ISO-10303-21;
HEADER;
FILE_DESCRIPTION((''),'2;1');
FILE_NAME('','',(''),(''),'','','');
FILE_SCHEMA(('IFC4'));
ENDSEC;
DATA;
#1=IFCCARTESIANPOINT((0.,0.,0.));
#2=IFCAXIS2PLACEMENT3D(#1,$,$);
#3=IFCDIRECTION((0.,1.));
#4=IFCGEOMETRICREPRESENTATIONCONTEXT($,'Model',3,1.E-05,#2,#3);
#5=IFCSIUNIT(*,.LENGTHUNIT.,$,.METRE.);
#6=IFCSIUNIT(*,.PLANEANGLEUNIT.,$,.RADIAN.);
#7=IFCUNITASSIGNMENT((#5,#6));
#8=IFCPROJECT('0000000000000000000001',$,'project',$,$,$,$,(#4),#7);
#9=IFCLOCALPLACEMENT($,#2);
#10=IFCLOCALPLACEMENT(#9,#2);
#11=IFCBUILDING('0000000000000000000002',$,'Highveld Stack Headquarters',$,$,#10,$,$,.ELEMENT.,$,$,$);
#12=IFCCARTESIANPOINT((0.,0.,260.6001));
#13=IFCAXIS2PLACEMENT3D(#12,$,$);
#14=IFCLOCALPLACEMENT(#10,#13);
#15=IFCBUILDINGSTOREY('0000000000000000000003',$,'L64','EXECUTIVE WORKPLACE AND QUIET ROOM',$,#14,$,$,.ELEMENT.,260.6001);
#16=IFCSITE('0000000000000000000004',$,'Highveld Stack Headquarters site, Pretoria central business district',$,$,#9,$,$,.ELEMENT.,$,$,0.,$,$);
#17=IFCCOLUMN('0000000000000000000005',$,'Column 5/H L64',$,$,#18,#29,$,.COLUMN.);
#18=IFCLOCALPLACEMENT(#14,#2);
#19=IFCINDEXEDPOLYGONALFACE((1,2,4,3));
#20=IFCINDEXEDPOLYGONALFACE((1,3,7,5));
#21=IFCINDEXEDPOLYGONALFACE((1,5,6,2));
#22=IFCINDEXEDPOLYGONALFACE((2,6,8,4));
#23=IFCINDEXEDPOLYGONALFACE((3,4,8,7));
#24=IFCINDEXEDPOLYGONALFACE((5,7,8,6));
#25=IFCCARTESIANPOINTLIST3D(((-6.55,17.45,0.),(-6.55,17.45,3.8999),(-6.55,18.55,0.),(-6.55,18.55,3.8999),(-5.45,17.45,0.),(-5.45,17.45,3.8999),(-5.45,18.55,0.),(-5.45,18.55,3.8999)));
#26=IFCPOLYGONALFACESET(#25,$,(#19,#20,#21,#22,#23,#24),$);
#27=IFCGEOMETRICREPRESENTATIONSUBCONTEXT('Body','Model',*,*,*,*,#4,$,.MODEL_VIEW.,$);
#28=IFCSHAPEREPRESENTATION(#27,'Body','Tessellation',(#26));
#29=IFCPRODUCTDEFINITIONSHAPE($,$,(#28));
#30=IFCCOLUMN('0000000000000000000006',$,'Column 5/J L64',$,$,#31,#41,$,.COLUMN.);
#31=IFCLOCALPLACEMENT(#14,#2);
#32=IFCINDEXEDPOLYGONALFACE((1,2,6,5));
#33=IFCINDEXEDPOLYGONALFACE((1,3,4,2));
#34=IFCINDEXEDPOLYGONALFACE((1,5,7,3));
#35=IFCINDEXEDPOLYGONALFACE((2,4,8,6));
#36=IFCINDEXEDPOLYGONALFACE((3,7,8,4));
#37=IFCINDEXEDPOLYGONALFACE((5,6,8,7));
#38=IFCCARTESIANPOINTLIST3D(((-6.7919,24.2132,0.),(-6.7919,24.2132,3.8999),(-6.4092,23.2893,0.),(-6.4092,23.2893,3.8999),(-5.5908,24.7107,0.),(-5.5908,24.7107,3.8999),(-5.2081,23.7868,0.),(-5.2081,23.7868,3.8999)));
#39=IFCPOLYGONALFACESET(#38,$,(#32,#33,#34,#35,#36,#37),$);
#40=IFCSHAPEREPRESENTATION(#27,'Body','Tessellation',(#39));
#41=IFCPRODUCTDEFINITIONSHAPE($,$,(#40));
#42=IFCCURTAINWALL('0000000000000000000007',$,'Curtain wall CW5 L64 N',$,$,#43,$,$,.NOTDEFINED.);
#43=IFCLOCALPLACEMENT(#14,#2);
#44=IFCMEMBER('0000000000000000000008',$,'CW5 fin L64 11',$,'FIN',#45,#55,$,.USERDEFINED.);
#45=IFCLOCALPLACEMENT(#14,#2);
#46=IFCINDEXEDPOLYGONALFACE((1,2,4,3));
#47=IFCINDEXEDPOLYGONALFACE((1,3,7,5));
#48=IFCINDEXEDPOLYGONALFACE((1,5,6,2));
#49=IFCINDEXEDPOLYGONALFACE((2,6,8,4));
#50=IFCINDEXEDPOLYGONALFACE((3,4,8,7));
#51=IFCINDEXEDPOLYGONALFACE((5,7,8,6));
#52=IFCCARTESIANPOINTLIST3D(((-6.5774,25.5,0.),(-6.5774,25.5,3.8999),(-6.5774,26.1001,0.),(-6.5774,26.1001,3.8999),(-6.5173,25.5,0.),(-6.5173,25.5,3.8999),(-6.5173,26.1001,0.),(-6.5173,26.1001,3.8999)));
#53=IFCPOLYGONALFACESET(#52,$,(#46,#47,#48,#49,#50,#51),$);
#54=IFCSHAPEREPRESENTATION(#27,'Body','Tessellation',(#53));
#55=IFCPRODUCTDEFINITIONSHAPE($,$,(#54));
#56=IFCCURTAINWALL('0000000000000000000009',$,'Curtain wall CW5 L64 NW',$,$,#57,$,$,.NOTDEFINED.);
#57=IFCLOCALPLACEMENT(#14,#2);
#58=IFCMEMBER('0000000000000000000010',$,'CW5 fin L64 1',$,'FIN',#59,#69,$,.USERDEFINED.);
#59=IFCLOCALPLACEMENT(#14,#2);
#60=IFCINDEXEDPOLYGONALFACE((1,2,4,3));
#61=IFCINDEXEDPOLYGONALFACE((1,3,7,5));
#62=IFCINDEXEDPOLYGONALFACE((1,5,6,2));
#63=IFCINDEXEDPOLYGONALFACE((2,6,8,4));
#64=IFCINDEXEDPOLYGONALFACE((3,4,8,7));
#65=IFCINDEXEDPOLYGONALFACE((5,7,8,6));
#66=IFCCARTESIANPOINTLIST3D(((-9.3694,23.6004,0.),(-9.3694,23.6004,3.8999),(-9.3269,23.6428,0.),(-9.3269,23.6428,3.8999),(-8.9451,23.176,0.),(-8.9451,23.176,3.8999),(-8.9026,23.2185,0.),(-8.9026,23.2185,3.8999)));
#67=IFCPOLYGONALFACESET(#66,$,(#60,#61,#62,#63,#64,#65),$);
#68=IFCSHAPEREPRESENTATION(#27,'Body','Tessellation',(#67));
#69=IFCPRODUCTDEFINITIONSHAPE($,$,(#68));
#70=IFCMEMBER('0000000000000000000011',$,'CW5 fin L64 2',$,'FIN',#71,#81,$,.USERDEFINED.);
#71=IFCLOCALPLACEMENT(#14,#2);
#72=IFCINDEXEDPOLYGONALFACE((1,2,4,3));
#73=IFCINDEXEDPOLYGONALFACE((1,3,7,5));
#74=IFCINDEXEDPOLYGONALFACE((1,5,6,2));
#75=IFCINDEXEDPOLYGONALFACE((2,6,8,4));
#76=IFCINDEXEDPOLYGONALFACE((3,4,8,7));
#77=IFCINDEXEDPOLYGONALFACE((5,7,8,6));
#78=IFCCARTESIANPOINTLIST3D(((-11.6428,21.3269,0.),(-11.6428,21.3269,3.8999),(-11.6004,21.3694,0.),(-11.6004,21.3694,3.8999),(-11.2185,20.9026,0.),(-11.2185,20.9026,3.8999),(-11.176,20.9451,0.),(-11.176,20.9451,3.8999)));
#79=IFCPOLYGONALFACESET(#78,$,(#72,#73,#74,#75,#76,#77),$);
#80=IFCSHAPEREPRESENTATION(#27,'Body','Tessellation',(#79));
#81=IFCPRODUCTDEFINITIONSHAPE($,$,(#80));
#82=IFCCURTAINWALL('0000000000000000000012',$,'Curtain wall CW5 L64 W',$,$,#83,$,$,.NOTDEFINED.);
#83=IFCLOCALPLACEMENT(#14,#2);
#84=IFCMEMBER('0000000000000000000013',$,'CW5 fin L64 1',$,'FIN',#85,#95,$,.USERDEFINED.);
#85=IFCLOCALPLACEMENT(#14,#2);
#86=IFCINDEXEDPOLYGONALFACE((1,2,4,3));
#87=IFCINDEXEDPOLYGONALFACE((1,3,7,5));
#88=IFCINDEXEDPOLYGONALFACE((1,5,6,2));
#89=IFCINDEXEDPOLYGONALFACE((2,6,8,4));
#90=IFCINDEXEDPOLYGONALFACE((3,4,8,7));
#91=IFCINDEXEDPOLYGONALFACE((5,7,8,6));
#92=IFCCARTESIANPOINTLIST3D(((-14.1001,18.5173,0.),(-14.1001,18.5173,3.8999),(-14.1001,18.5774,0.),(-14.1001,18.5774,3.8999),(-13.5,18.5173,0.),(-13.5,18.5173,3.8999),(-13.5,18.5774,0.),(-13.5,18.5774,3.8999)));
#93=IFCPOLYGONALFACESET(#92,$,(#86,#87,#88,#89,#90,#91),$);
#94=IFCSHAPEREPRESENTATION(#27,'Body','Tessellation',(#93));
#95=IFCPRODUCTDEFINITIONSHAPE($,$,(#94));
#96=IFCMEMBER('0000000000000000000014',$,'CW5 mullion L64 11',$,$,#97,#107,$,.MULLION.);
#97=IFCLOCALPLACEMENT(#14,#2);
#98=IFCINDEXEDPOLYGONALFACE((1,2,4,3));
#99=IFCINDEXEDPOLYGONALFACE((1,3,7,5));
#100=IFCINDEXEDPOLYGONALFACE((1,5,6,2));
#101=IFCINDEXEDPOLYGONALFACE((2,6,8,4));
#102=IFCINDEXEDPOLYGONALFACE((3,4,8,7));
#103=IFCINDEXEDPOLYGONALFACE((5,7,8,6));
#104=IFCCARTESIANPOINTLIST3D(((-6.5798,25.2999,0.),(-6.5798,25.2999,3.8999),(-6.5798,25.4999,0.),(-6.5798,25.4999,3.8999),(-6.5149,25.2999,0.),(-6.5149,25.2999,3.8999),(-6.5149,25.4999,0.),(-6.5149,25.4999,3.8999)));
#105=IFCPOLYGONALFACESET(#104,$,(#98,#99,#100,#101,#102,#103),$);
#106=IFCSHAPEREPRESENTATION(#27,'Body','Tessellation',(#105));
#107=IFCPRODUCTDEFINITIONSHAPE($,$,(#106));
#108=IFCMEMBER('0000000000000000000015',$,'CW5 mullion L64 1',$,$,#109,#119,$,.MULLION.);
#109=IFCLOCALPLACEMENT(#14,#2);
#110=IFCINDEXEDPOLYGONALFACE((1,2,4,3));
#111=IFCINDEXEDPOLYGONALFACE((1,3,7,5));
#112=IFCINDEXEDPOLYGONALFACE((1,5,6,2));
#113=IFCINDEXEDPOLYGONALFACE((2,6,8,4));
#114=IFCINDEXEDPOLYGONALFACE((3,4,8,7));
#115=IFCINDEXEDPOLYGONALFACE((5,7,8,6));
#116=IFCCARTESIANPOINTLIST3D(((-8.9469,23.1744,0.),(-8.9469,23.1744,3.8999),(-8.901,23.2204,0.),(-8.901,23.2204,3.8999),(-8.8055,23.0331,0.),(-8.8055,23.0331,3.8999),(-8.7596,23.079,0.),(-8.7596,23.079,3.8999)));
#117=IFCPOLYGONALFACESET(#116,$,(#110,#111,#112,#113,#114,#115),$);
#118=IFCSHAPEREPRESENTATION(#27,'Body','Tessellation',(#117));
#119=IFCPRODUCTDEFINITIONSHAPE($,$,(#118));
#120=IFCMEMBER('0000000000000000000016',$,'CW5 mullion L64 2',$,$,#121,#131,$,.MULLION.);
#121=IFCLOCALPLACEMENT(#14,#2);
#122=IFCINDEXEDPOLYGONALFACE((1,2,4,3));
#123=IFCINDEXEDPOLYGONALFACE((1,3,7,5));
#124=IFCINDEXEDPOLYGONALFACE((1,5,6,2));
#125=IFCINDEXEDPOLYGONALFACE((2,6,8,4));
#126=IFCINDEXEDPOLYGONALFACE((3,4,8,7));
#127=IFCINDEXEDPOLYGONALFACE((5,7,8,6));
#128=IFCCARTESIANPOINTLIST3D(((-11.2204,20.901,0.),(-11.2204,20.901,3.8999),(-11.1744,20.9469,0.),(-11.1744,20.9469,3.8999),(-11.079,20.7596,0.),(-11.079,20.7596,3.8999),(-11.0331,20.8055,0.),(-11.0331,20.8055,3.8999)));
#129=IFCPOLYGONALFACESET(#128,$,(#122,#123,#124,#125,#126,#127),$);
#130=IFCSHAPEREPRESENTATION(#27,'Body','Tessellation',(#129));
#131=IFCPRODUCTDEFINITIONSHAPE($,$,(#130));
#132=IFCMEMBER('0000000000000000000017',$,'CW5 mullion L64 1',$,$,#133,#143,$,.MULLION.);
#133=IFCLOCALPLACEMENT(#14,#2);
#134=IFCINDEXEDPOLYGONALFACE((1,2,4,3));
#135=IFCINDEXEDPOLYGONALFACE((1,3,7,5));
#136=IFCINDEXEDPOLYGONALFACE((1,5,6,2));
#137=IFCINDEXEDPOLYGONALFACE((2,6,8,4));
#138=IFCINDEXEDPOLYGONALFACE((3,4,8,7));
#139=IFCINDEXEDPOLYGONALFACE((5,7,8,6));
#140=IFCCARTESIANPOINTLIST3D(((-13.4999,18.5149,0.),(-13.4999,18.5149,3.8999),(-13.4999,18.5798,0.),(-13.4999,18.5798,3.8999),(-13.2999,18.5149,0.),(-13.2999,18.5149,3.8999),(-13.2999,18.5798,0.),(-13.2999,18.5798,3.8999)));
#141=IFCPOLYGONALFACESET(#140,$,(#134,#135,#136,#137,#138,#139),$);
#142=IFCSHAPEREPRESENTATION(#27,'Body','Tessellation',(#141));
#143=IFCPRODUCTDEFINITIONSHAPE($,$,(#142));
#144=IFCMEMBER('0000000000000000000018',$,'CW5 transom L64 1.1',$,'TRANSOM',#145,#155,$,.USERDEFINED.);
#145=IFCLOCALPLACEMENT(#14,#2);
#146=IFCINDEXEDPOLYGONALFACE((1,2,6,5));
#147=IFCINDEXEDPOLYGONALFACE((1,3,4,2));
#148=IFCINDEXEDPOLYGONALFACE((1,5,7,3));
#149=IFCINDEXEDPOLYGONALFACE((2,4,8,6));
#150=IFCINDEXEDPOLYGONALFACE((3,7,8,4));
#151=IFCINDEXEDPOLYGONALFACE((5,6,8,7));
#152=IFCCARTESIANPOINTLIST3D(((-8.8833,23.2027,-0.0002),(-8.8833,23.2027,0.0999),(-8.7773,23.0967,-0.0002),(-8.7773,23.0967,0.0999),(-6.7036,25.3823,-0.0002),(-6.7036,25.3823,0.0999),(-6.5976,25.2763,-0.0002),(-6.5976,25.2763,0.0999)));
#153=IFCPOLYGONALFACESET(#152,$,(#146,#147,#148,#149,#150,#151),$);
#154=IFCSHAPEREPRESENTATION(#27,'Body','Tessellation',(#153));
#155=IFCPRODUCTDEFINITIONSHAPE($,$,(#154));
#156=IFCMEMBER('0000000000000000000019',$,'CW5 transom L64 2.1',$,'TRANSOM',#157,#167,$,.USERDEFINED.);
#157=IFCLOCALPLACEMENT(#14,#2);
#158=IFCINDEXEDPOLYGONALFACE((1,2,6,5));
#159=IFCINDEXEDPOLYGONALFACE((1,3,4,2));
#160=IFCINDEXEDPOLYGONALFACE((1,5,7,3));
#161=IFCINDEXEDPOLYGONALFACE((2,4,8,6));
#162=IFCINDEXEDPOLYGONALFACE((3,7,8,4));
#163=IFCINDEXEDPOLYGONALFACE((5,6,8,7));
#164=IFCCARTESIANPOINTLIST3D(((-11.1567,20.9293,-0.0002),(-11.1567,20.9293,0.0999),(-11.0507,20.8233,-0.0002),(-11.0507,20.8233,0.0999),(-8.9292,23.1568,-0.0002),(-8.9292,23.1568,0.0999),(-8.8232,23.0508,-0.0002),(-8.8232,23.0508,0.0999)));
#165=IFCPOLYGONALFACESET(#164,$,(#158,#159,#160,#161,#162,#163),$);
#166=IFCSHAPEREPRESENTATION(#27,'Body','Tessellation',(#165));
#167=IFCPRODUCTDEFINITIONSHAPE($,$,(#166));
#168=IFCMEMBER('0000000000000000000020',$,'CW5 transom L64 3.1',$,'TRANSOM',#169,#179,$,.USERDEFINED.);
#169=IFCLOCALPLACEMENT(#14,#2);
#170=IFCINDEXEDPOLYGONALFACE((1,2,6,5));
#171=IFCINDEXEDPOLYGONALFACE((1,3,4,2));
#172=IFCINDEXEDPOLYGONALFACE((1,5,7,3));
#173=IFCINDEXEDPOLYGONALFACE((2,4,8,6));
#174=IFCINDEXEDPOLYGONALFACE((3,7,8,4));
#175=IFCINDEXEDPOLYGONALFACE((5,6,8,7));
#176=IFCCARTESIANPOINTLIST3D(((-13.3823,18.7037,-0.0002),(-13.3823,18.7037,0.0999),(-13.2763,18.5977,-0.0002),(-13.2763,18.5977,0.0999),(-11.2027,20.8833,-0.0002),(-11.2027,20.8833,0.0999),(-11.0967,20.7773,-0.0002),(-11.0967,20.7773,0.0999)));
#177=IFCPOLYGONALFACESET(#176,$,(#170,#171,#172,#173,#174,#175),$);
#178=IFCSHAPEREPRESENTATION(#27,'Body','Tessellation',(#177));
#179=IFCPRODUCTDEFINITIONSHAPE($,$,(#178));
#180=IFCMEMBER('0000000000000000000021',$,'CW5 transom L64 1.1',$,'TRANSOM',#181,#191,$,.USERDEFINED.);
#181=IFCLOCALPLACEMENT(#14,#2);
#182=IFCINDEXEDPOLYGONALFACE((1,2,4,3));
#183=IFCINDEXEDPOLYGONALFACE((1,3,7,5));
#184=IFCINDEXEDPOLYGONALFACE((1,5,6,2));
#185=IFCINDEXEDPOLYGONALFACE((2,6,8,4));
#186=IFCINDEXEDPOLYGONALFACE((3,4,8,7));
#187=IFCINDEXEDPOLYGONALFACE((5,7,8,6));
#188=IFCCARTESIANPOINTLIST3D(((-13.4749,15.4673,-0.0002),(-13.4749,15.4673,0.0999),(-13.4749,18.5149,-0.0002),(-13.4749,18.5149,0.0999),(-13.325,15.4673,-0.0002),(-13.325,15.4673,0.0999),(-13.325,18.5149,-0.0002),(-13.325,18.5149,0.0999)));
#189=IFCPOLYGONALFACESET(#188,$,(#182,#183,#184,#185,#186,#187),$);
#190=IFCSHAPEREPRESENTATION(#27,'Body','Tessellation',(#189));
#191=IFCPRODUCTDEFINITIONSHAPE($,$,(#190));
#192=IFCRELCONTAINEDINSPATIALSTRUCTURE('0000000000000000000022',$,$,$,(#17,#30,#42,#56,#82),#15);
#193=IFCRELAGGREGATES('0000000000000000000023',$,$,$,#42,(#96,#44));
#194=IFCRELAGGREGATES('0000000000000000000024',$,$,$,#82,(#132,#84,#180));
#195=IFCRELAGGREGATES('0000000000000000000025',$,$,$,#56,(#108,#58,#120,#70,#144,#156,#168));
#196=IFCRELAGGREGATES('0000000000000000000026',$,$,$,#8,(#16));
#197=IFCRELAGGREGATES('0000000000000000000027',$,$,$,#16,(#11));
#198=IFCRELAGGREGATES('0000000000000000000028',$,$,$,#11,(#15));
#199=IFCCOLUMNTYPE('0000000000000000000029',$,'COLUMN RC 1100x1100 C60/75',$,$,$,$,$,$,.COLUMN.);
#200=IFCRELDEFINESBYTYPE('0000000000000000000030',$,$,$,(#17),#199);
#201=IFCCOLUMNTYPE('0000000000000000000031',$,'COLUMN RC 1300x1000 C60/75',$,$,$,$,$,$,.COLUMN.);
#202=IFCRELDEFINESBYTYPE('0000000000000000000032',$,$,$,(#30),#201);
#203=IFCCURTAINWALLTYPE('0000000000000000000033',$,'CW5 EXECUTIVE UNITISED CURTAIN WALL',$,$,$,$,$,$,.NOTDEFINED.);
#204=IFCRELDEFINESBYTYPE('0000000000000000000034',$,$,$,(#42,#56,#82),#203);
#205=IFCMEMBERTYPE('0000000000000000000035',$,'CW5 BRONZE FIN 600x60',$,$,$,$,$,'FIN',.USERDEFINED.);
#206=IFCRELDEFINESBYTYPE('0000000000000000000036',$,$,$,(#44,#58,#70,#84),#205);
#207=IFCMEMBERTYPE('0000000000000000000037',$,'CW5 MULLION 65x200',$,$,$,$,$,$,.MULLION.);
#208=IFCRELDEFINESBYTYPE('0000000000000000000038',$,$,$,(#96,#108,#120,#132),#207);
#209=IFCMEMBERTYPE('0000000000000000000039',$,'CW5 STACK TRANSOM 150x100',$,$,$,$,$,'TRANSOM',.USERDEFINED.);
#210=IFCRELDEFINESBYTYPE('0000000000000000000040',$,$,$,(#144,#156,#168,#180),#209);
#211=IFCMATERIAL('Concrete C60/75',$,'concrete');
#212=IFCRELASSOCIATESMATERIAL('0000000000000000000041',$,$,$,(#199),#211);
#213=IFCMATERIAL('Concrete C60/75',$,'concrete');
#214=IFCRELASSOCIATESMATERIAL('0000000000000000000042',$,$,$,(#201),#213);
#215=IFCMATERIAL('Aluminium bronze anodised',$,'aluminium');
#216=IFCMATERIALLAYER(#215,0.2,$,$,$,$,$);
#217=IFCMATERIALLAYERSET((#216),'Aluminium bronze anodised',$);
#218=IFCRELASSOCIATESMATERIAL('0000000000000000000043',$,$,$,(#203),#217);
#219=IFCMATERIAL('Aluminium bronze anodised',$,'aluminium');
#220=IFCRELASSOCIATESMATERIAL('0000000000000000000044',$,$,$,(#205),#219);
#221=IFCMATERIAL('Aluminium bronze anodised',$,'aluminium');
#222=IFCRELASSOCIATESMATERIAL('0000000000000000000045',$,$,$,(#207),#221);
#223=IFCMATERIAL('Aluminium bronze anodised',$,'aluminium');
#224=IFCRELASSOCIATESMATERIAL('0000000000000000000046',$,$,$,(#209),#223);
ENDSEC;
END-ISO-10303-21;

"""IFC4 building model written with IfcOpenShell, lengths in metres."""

from ifc_helpers import new_model, si_unit, direction, frame, origin, origin_2d, place, context, subcontext, project, spatial, rectangle, extrude, material, layer, layer_set, material_profile, profile_set, type_object, element, aggregate, save


model = new_model("IFC4")

# Units and contexts
model_context = context("Model", 3, precision=1e-05, world=origin(), true_north=direction((0.0, 1.0)))
body_context = subcontext(model_context, "Body", "Model", "MODEL_VIEW")
ifc_project = project(units=[si_unit("LENGTHUNIT", "METRE"), si_unit("PLANEANGLEUNIT", "RADIAN")], contexts=[model_context])

# Site, building, storey
site_placement = place(None, origin())
site = spatial("IfcSite", under=ifc_project, at=site_placement, Name="Highveld Stack Headquarters site, Pretoria central business district", CompositionType="ELEMENT", RefElevation=0.0)
building_placement = place(site_placement, origin())
building = spatial("IfcBuilding", under=site, at=building_placement, Name="Highveld Stack Headquarters", CompositionType="ELEMENT")
storey_placement = place(building_placement, frame((0.0, 0.0, 260.6001)))
storey = spatial("IfcBuildingStorey", under=building, at=storey_placement, Name="L64", Description="EXECUTIVE WORKPLACE AND QUIET ROOM", CompositionType="ELEMENT", Elevation=260.6001)

# Columns
ifc_material_1 = material(Name="Concrete C60/75", Category="concrete")
ifc_material_profile_1 = material_profile(ifc_material_1, rectangle(XDim=1.1001, YDim=1.1001, at=origin_2d()), Name="RC 1100x1100")
ifc_profile_set_1 = profile_set([ifc_material_profile_1], Name="Concrete C60/75")
column_type_1 = type_object("IfcColumnType", Name="COLUMN RC 1100x1100 C60/75", PredefinedType="COLUMN", material=ifc_profile_set_1)
column_1_placement = place(storey_placement, frame((-6.0, 18.0, 0.0), z_axis=(0.0, 0.0, 1.0), x_axis=(1.0, 0.0, 0.0)))
element("IfcColumn", 1, at=column_1_placement, inside=storey, type_object=column_type_1, Name="Column 5/H L64", PredefinedType="COLUMN", context=body_context, shape_type="SweptSolid", body=[
    extrude(rectangle(XDim=1.1001, YDim=1.1001, at=origin_2d()), origin(), (0.0, 0.0, 1.0), 3.8999),
])
ifc_material_2 = material(Name="Concrete C60/75", Category="concrete")
ifc_material_profile_2 = material_profile(ifc_material_2, rectangle(XDim=1.3, YDim=1.0, at=origin_2d()), Name="RC 1300x1000")
ifc_profile_set_2 = profile_set([ifc_material_profile_2], Name="Concrete C60/75")
column_type_2 = type_object("IfcColumnType", Name="COLUMN RC 1300x1000 C60/75", PredefinedType="COLUMN", material=ifc_profile_set_2)
column_2_placement = place(storey_placement, frame((-6.0, 24.0, 0.0), z_axis=(0.0, 0.0, 1.0), x_axis=(0.92388, 0.382683, 0.0)))
element("IfcColumn", 2, at=column_2_placement, inside=storey, type_object=column_type_2, Name="Column 5/J L64", PredefinedType="COLUMN", context=body_context, shape_type="SweptSolid", body=[
    extrude(rectangle(XDim=1.3, YDim=1.0, at=origin_2d()), origin(), (0.0, 0.0, 1.0), 3.8999),
])

# Curtain wall, member
ifc_material_3 = material(Name="Aluminium bronze anodised", Category="aluminium")
ifc_layer_1 = layer(ifc_material_3, 0.2)
ifc_layer_set_1 = layer_set([ifc_layer_1], Name="Aluminium bronze anodised")
curtain_wall_type = type_object("IfcCurtainWallType", Name="CW5 EXECUTIVE UNITISED CURTAIN WALL", PredefinedType="NOTDEFINED", material=ifc_layer_set_1)
curtain_wall_1_placement = place(storey_placement, origin())
curtain_wall_1 = element("IfcCurtainWall", 3, at=curtain_wall_1_placement, inside=storey, type_object=curtain_wall_type, Name="Curtain wall CW5 L64 N", PredefinedType="NOTDEFINED")
ifc_material_4 = material(Name="Aluminium bronze anodised", Category="aluminium")
ifc_material_profile_3 = material_profile(ifc_material_4, rectangle(XDim=0.6001, YDim=0.0601, at=origin_2d()), Name="FIN 600x60")
ifc_profile_set_3 = profile_set([ifc_material_profile_3], Name="Aluminium bronze anodised")
member_type_1 = type_object("IfcMemberType", Name="CW5 BRONZE FIN 600x60", ElementType="FIN", PredefinedType="USERDEFINED", material=ifc_profile_set_3)
member_1_placement = place(storey_placement, frame((-6.5474, 25.8, 0.0), z_axis=(0.0, 0.0, 1.0), x_axis=(0.0, -1.0, 0.0)))
member_1 = element("IfcMember", 4, at=member_1_placement, type_object=member_type_1, Name="CW5 fin L64 11", ObjectType="FIN", PredefinedType="USERDEFINED", context=body_context, shape_type="SweptSolid", body=[
    extrude(rectangle(XDim=0.6001, YDim=0.0601, at=origin_2d()), origin(), (0.0, 0.0, 1.0), 3.8999),
])

# Curtain wall, members
curtain_wall_2_placement = place(storey_placement, origin())
curtain_wall_2 = element("IfcCurtainWall", 5, at=curtain_wall_2_placement, inside=storey, type_object=curtain_wall_type, Name="Curtain wall CW5 L64 NW", PredefinedType="NOTDEFINED")
member_2_placement = place(storey_placement, frame((-9.136, 23.4094, 0.0), z_axis=(0.0, 0.0, 1.0), x_axis=(0.707107, -0.707107, 0.0)))
member_2 = element("IfcMember", 6, at=member_2_placement, type_object=member_type_1, Name="CW5 fin L64 1", ObjectType="FIN", PredefinedType="USERDEFINED", context=body_context, shape_type="SweptSolid", body=[
    extrude(rectangle(XDim=0.6001, YDim=0.0601, at=origin_2d()), origin(), (0.0, 0.0, 1.0), 3.8999),
])
member_3_placement = place(storey_placement, frame((-11.4094, 21.136, 0.0), z_axis=(0.0, 0.0, 1.0), x_axis=(0.707107, -0.707107, 0.0)))
member_3 = element("IfcMember", 7, at=member_3_placement, type_object=member_type_1, Name="CW5 fin L64 2", ObjectType="FIN", PredefinedType="USERDEFINED", context=body_context, shape_type="SweptSolid", body=[
    extrude(rectangle(XDim=0.6001, YDim=0.0601, at=origin_2d()), origin(), (0.0, 0.0, 1.0), 3.8999),
])

# Curtain wall, member
curtain_wall_3_placement = place(storey_placement, origin())
curtain_wall_3 = element("IfcCurtainWall", 8, at=curtain_wall_3_placement, inside=storey, type_object=curtain_wall_type, Name="Curtain wall CW5 L64 W", PredefinedType="NOTDEFINED")
member_4_placement = place(storey_placement, frame((-13.8, 18.5474, 0.0), z_axis=(0.0, 0.0, 1.0), x_axis=(1.0, 0.0, 0.0)))
member_4 = element("IfcMember", 9, at=member_4_placement, type_object=member_type_1, Name="CW5 fin L64 1", ObjectType="FIN", PredefinedType="USERDEFINED", context=body_context, shape_type="SweptSolid", body=[
    extrude(rectangle(XDim=0.6001, YDim=0.0601, at=origin_2d()), origin(), (0.0, 0.0, 1.0), 3.8999),
])

# Members
ifc_material_5 = material(Name="Aluminium bronze anodised", Category="aluminium")
ifc_material_profile_4 = material_profile(ifc_material_5, rectangle(XDim=0.2, YDim=0.0649, at=origin_2d()), Name="CW5 MULLION 65x200")
ifc_profile_set_4 = profile_set([ifc_material_profile_4], Name="Aluminium bronze anodised")
member_type_2 = type_object("IfcMemberType", Name="CW5 MULLION 65x200", PredefinedType="MULLION", material=ifc_profile_set_4)
member_5_placement = place(storey_placement, frame((-6.5474, 25.3999, 0.0), z_axis=(0.0, 0.0, 1.0), x_axis=(0.0, -1.0, 0.0)))
member_5 = element("IfcMember", 10, at=member_5_placement, type_object=member_type_2, Name="CW5 mullion L64 11", PredefinedType="MULLION", context=body_context, shape_type="SweptSolid", body=[
    extrude(rectangle(XDim=0.2, YDim=0.0649, at=origin_2d()), origin(), (0.0, 0.0, 1.0), 3.8999),
])
aggregate(curtain_wall_1, [member_5, member_1])
member_6_placement = place(storey_placement, frame((-8.8533, 23.1267, 0.0), z_axis=(0.0, 0.0, 1.0), x_axis=(0.707107, -0.707107, 0.0)))
member_6 = element("IfcMember", 11, at=member_6_placement, type_object=member_type_2, Name="CW5 mullion L64 1", PredefinedType="MULLION", context=body_context, shape_type="SweptSolid", body=[
    extrude(rectangle(XDim=0.2, YDim=0.0649, at=origin_2d()), origin(), (0.0, 0.0, 1.0), 3.8999),
])
member_7_placement = place(storey_placement, frame((-11.1267, 20.8533, 0.0), z_axis=(0.0, 0.0, 1.0), x_axis=(0.707107, -0.707107, 0.0)))
member_7 = element("IfcMember", 12, at=member_7_placement, type_object=member_type_2, Name="CW5 mullion L64 2", PredefinedType="MULLION", context=body_context, shape_type="SweptSolid", body=[
    extrude(rectangle(XDim=0.2, YDim=0.0649, at=origin_2d()), origin(), (0.0, 0.0, 1.0), 3.8999),
])
member_8_placement = place(storey_placement, frame((-13.3999, 18.5474, 0.0), z_axis=(0.0, 0.0, 1.0), x_axis=(1.0, 0.0, 0.0)))
member_8 = element("IfcMember", 13, at=member_8_placement, type_object=member_type_2, Name="CW5 mullion L64 1", PredefinedType="MULLION", context=body_context, shape_type="SweptSolid", body=[
    extrude(rectangle(XDim=0.2, YDim=0.0649, at=origin_2d()), origin(), (0.0, 0.0, 1.0), 3.8999),
])
ifc_material_6 = material(Name="Aluminium bronze anodised", Category="aluminium")
ifc_material_profile_5 = material_profile(ifc_material_6, rectangle(XDim=0.1499, YDim=0.1001, at=origin_2d()), Name="CW5 TRANSOM 150x100")
ifc_profile_set_5 = profile_set([ifc_material_profile_5], Name="Aluminium bronze anodised")
member_type_3 = type_object("IfcMemberType", Name="CW5 STACK TRANSOM 150x100", ElementType="TRANSOM", PredefinedType="USERDEFINED", material=ifc_profile_set_5)
member_9_placement = place(storey_placement, frame((-6.6506, 25.3293, 0.0498), z_axis=(-0.707107, -0.707107, 0.0), x_axis=(0.707107, -0.707107, 0.0)))
member_9 = element("IfcMember", 14, at=member_9_placement, type_object=member_type_3, Name="CW5 transom L64 1.1", ObjectType="TRANSOM", PredefinedType="USERDEFINED", context=body_context, shape_type="SweptSolid", body=[
    extrude(rectangle(XDim=0.1499, YDim=0.1001, at=origin_2d()), origin(), (0.0, 0.0, 1.0), 3.0825),
])
member_10_placement = place(storey_placement, frame((-8.8762, 23.1038, 0.0498), z_axis=(-0.707107, -0.707107, 0.0), x_axis=(0.707107, -0.707107, 0.0)))
member_10 = element("IfcMember", 15, at=member_10_placement, type_object=member_type_3, Name="CW5 transom L64 2.1", ObjectType="TRANSOM", PredefinedType="USERDEFINED", context=body_context, shape_type="SweptSolid", body=[
    extrude(rectangle(XDim=0.1499, YDim=0.1001, at=origin_2d()), origin(), (0.0, 0.0, 1.0), 3.1501),
])
member_11_placement = place(storey_placement, frame((-11.1497, 20.8303, 0.0498), z_axis=(-0.707107, -0.707107, 0.0), x_axis=(0.707107, -0.707107, 0.0)))
member_11 = element("IfcMember", 16, at=member_11_placement, type_object=member_type_3, Name="CW5 transom L64 3.1", ObjectType="TRANSOM", PredefinedType="USERDEFINED", context=body_context, shape_type="SweptSolid", body=[
    extrude(rectangle(XDim=0.1499, YDim=0.1001, at=origin_2d()), origin(), (0.0, 0.0, 1.0), 3.0825),
])
member_12_placement = place(storey_placement, frame((-13.3999, 18.5149, 0.0498), z_axis=(0.0, -1.0, 0.0), x_axis=(1.0, 0.0, 0.0)))
member_12 = element("IfcMember", 17, at=member_12_placement, type_object=member_type_3, Name="CW5 transom L64 1.1", ObjectType="TRANSOM", PredefinedType="USERDEFINED", context=body_context, shape_type="SweptSolid", body=[
    extrude(rectangle(XDim=0.1499, YDim=0.1001, at=origin_2d()), origin(), (0.0, 0.0, 1.0), 3.0476),
])
aggregate(curtain_wall_3, [member_8, member_4, member_12])

aggregate(curtain_wall_2, [member_6, member_2, member_7, member_3, member_9, member_10, member_11])

save(model, "model.ifc")
